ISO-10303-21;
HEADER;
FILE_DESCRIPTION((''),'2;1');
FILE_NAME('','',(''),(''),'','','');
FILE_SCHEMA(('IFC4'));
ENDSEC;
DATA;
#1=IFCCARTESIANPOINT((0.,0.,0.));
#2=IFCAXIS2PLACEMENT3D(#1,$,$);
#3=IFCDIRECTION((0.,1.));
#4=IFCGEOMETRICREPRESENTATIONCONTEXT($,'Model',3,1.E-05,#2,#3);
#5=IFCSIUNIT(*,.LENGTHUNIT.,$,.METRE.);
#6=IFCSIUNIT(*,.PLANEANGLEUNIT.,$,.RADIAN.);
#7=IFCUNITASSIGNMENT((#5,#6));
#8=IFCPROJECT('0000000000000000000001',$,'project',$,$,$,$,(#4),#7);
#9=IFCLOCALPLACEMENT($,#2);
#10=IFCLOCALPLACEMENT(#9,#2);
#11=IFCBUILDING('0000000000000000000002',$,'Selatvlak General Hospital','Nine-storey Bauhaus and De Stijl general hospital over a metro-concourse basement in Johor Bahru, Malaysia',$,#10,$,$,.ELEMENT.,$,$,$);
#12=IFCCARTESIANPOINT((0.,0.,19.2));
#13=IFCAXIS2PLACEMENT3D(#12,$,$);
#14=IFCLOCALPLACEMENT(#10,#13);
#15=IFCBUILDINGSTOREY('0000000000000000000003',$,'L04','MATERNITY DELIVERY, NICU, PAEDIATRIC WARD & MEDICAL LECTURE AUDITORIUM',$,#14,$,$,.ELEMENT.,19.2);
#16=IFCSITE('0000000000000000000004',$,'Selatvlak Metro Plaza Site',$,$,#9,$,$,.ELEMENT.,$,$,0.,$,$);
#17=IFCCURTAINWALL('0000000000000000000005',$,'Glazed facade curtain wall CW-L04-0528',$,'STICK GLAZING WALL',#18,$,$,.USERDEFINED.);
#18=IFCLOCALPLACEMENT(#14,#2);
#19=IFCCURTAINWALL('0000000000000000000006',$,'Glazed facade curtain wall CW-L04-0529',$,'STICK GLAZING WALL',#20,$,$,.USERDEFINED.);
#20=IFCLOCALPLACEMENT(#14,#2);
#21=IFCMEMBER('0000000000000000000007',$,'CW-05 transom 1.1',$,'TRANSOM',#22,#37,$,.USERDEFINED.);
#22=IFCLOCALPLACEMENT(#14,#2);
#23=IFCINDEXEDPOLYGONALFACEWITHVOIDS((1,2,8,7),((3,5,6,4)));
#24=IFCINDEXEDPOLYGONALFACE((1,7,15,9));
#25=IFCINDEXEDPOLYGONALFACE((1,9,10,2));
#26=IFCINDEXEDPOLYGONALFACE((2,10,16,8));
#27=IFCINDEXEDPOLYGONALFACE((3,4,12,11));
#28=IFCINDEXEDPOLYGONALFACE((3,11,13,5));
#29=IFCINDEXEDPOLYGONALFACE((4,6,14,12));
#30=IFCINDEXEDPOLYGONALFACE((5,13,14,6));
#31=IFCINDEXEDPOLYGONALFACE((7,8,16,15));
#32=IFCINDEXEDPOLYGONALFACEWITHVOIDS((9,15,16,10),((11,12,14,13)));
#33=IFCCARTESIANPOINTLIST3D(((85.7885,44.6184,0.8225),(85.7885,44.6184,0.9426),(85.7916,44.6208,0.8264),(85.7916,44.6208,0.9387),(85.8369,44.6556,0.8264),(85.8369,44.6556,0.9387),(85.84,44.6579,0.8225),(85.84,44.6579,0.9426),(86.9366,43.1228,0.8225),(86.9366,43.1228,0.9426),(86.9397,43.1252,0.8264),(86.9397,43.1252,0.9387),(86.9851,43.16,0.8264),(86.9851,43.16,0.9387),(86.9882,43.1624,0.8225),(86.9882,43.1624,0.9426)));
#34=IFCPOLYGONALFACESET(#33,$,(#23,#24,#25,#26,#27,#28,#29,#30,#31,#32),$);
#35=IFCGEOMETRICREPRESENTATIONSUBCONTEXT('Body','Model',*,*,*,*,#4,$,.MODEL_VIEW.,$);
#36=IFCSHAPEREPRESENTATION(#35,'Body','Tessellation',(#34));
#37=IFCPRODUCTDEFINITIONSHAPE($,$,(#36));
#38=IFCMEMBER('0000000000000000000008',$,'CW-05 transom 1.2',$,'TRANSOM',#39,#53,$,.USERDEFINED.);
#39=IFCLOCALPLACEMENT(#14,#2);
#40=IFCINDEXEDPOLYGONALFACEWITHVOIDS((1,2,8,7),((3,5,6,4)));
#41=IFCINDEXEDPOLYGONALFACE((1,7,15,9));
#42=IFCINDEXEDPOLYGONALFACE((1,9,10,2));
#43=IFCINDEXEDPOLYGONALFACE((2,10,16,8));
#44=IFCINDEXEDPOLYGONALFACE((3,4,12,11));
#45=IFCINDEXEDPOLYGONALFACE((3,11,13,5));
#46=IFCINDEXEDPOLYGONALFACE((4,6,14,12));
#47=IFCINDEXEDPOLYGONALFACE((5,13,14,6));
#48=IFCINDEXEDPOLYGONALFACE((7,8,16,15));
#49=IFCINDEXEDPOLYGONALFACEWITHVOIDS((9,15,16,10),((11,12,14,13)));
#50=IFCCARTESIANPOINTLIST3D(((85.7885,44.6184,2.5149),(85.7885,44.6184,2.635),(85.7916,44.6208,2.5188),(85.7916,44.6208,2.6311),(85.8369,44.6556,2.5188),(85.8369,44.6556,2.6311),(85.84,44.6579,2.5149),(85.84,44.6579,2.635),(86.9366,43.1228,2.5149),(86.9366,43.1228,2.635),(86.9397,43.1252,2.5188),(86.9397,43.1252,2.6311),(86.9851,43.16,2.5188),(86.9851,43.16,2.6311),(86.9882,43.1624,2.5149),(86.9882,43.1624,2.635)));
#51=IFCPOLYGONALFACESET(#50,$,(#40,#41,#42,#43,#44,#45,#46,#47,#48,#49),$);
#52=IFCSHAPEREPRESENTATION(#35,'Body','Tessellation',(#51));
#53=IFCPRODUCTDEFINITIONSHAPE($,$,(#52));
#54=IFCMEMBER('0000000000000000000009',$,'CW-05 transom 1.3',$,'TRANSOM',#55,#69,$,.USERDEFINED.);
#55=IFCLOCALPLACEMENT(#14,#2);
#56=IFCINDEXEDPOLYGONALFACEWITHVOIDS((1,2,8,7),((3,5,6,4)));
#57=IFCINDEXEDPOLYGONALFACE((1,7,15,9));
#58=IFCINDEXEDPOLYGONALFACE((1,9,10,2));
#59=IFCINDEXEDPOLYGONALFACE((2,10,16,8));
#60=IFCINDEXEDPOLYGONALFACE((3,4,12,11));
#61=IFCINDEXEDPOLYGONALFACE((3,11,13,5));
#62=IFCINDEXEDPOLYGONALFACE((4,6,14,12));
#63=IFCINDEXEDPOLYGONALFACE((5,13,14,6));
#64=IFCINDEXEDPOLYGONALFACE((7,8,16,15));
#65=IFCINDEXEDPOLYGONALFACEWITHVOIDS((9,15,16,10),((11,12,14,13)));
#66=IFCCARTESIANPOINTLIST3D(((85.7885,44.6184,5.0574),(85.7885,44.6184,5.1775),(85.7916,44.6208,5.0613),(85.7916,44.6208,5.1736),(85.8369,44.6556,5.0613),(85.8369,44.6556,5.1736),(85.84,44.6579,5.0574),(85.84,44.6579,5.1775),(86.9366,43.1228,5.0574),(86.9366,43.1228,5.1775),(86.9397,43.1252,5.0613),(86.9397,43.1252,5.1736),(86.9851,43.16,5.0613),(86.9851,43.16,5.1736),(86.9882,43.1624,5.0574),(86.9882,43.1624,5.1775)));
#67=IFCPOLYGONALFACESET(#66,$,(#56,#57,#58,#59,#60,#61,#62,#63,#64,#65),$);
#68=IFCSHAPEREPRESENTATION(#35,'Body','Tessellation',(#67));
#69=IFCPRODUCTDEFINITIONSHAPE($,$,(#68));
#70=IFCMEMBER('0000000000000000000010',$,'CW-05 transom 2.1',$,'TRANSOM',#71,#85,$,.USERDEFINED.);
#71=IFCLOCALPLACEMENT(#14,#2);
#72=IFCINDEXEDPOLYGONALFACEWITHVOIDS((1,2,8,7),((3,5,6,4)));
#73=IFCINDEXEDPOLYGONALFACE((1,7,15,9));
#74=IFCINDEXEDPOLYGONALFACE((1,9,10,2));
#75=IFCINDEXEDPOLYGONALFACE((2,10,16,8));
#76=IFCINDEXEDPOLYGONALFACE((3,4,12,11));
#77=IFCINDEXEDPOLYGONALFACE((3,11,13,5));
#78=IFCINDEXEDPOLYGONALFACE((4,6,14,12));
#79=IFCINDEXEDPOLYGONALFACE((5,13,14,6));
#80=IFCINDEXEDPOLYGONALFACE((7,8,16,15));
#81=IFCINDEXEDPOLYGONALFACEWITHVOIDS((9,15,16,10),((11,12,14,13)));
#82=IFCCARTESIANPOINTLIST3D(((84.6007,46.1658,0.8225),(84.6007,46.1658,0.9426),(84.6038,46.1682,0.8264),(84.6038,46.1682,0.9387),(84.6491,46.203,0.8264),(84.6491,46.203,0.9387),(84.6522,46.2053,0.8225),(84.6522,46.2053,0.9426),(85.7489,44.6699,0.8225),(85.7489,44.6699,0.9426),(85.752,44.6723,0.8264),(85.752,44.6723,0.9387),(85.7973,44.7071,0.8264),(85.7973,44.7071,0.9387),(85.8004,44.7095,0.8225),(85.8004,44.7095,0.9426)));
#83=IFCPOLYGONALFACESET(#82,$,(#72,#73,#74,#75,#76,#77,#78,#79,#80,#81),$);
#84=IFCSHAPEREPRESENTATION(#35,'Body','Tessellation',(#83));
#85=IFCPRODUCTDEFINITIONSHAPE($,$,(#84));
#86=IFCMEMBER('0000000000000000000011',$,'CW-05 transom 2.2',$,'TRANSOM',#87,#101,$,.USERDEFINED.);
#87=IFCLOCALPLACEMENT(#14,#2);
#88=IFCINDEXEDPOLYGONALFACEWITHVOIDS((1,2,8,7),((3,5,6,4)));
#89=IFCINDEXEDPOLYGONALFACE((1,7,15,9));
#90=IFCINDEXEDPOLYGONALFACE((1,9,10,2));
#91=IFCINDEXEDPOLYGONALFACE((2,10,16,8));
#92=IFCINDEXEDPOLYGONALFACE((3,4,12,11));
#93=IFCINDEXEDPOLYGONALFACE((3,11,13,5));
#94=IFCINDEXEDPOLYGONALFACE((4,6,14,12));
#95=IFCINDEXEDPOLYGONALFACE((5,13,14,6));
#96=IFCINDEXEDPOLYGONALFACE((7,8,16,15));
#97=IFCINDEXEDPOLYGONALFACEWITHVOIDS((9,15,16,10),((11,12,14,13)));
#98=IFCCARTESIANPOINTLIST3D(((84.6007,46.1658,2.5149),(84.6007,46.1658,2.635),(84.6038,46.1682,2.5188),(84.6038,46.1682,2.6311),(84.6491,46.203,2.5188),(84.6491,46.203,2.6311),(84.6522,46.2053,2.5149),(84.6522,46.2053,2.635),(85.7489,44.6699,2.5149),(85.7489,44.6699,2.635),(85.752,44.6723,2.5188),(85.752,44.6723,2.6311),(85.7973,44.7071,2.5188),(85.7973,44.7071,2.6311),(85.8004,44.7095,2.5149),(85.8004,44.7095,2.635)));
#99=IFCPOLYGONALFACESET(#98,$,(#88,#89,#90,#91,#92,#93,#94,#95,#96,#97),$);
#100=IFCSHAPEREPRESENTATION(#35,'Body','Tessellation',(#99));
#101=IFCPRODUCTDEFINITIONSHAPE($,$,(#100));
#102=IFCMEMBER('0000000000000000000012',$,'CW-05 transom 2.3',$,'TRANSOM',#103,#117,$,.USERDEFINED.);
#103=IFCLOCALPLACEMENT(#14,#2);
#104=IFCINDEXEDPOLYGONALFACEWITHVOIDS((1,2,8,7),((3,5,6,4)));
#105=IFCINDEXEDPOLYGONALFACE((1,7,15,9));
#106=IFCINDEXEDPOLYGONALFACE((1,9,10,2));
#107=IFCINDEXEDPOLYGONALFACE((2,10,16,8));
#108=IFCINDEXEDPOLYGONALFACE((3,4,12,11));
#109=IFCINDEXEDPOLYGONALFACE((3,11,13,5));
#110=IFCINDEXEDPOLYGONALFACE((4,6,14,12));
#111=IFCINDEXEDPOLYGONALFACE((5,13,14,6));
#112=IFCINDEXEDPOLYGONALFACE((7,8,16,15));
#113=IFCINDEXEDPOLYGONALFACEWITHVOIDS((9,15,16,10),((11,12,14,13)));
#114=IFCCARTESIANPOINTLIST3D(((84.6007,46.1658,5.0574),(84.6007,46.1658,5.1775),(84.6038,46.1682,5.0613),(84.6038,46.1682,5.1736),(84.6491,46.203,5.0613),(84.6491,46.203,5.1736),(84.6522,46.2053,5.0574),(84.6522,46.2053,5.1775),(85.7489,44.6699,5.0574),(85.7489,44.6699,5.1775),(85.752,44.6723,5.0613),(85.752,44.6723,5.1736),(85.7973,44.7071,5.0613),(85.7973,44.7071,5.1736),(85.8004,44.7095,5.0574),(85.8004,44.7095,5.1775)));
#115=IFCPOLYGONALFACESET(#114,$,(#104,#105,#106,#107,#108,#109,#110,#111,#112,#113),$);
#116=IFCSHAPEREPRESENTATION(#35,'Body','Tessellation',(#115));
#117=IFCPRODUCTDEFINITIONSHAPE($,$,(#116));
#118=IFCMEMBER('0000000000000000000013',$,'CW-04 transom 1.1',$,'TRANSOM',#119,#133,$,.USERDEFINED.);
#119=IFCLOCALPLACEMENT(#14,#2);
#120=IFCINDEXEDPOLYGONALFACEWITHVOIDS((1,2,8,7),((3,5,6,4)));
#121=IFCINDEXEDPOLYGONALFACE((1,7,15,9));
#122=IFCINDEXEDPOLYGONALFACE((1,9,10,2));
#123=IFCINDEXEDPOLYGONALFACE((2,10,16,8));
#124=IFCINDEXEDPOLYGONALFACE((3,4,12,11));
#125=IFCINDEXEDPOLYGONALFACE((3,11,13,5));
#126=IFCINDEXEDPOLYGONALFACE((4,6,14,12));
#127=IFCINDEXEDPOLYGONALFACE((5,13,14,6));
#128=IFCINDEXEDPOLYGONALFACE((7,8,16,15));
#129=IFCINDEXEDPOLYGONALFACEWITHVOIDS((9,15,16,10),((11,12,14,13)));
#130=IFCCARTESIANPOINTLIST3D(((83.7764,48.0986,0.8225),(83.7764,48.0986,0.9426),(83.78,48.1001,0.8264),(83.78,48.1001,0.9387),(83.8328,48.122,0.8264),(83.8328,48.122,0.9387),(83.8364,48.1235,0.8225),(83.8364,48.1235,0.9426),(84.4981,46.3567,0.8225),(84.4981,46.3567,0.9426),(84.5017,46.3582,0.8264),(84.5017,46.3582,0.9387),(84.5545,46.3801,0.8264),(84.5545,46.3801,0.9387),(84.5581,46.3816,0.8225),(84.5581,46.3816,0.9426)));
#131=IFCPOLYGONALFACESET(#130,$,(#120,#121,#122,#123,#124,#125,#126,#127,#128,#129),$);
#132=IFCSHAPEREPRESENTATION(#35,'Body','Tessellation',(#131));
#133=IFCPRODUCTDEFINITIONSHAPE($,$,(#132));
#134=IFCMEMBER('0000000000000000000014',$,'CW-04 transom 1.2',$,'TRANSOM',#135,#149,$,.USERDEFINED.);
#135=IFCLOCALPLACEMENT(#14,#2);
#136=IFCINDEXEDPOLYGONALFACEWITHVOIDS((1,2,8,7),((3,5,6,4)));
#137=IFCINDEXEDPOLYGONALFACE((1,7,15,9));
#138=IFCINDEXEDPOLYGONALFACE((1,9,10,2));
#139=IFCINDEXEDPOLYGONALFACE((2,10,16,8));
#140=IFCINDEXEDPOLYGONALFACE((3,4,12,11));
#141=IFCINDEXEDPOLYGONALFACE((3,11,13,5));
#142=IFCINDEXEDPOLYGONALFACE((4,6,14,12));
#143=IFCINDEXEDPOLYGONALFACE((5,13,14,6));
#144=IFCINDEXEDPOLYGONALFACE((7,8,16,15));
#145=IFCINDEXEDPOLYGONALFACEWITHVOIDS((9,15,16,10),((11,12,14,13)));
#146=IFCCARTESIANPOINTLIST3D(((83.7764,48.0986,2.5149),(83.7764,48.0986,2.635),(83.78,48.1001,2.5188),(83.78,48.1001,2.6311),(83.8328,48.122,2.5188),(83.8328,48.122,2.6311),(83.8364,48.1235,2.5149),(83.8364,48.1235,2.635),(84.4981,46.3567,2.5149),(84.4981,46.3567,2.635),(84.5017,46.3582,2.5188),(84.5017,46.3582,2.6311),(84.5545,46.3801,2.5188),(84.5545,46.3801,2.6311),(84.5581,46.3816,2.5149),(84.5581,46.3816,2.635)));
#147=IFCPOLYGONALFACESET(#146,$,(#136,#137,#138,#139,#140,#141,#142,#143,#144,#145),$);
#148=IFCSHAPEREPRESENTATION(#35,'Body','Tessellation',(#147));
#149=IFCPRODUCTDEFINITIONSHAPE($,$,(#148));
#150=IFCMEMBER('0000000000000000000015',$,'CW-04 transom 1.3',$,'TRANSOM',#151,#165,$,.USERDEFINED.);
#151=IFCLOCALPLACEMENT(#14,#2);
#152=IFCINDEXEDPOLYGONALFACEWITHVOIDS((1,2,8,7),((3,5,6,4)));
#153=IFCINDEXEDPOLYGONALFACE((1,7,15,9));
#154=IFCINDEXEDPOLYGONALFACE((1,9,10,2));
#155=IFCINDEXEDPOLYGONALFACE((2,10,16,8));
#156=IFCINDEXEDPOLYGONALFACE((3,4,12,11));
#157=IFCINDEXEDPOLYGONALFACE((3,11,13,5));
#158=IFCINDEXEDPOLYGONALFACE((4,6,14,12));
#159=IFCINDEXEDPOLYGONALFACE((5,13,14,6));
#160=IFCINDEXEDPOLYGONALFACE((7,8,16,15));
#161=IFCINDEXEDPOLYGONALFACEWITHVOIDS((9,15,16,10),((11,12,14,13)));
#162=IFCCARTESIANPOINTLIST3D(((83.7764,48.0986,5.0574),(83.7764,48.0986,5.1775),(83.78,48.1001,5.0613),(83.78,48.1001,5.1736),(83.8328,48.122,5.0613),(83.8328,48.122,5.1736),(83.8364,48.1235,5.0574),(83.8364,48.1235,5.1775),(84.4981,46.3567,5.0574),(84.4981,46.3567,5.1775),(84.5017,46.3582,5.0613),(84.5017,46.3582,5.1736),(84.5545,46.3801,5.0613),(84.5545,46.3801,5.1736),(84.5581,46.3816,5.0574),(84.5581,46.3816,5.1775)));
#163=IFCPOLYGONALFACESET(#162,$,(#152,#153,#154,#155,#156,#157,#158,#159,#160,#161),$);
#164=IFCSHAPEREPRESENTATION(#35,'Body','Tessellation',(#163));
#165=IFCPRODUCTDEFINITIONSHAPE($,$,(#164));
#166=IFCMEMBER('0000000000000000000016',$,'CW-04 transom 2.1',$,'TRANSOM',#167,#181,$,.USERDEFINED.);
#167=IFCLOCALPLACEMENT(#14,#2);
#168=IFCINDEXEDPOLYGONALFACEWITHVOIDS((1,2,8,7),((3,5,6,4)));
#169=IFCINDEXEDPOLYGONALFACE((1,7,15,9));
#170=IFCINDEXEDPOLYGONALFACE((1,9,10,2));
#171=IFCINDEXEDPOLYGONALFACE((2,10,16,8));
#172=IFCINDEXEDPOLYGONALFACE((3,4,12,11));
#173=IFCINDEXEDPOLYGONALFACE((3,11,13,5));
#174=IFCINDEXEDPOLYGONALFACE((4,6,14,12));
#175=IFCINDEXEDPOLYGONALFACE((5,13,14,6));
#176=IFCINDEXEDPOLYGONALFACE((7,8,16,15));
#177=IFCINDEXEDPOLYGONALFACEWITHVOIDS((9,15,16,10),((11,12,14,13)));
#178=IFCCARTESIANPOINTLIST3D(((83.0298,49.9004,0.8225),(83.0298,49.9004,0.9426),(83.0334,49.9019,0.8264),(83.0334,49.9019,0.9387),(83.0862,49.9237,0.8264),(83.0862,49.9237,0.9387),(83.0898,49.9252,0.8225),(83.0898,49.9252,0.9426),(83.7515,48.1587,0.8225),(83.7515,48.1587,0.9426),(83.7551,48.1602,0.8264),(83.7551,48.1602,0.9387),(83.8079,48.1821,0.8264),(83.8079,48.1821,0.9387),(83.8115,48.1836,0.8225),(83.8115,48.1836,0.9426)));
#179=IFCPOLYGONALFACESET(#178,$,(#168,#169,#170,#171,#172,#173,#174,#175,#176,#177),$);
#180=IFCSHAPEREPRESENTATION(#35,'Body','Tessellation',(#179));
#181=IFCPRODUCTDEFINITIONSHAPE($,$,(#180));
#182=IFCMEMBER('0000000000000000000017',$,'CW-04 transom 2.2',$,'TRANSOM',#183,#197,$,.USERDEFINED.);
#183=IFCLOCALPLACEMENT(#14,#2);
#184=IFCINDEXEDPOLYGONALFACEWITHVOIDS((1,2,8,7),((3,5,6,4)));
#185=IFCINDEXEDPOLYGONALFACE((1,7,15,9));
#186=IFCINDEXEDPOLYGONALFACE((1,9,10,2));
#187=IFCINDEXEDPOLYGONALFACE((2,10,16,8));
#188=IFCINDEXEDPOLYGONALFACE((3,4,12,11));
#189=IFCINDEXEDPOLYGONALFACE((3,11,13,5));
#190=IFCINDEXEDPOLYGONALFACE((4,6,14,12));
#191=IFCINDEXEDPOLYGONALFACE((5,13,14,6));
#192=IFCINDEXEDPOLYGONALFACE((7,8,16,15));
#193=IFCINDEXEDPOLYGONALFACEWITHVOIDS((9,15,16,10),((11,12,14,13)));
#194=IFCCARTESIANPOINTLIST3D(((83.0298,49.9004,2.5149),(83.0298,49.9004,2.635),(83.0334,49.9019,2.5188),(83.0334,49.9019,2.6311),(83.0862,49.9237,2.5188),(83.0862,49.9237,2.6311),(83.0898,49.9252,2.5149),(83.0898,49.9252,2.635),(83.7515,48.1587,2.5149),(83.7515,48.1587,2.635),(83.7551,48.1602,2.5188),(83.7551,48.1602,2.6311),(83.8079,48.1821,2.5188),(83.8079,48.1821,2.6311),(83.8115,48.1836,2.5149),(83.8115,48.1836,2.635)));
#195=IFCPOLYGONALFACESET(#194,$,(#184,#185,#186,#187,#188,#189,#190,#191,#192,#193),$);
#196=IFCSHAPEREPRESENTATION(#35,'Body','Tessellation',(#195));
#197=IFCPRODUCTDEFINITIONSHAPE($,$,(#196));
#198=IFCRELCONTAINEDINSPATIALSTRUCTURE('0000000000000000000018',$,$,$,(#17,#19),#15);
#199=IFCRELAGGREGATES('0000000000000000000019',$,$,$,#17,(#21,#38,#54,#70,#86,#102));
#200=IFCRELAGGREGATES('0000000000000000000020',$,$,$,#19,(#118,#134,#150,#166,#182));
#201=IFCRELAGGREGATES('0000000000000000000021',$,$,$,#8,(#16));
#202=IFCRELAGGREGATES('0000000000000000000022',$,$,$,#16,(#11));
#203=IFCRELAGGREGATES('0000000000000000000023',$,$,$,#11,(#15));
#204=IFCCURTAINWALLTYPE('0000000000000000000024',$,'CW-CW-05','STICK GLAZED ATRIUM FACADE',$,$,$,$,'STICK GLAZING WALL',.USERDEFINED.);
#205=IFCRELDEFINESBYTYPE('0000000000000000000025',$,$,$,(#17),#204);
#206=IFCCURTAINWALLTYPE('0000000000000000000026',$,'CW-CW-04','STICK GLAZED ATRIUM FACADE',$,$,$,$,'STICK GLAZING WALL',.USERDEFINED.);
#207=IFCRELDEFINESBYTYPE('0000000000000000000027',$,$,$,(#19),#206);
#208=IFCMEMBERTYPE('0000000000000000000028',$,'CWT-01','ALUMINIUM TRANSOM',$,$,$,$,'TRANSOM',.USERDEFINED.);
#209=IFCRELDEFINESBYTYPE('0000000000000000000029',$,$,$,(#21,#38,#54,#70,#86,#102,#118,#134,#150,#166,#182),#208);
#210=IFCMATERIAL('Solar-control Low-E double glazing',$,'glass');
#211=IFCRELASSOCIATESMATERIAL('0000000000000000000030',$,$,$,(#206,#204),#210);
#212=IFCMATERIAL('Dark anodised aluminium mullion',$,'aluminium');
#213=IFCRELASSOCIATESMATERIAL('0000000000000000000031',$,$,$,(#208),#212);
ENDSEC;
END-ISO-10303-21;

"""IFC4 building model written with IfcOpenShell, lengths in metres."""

from ifc_helpers import new_model, si_unit, direction, frame, origin, origin_2d, place, context, subcontext, project, spatial, hollow_rectangle, extrude, material, material_profile, profile_set, type_object, element, aggregate, save


model = new_model("IFC4")

# Units and contexts
model_context = context("Model", 3, precision=1e-05, world=origin(), true_north=direction((0.0, 1.0)))
body_context = subcontext(model_context, "Body", "Model", "MODEL_VIEW")
ifc_project = project(units=[si_unit("LENGTHUNIT", "METRE"), si_unit("PLANEANGLEUNIT", "RADIAN")], contexts=[model_context])

# Site, building, storey
site_placement = place(None, origin())
site = spatial("IfcSite", under=ifc_project, at=site_placement, Name="Selatvlak Metro Plaza Site", CompositionType="ELEMENT", RefElevation=0.0)
building_placement = place(site_placement, origin())
building = spatial("IfcBuilding", under=site, at=building_placement, Name="Selatvlak General Hospital", Description="Nine-storey Bauhaus and De Stijl general hospital over a metro-concourse basement in Johor Bahru, Malaysia", CompositionType="ELEMENT")
storey_placement = place(building_placement, frame((0.0, 0.0, 19.2)))
storey = spatial("IfcBuildingStorey", under=building, at=storey_placement, Name="L04", Description="MATERNITY DELIVERY, NICU, PAEDIATRIC WARD & MEDICAL LECTURE AUDITORIUM", CompositionType="ELEMENT", Elevation=19.2)

# Shared definitions
ifc_material_1 = material(Name="Solar-control Low-E double glazing", Category="glass")
curtain_wall_type_1 = type_object("IfcCurtainWallType", Name="CW-CW-04", Description="STICK GLAZED ATRIUM FACADE", ElementType="STICK GLAZING WALL", PredefinedType="USERDEFINED", material=ifc_material_1)
ifc_material_2 = material(Name="Dark anodised aluminium mullion", Category="aluminium")

# Curtain walls
curtain_wall_type_2 = type_object("IfcCurtainWallType", Name="CW-CW-05", Description="STICK GLAZED ATRIUM FACADE", ElementType="STICK GLAZING WALL", PredefinedType="USERDEFINED", material=ifc_material_1)
curtain_wall_1_placement = place(storey_placement, origin())
curtain_wall_1 = element("IfcCurtainWall", 1, at=curtain_wall_1_placement, inside=storey, type_object=curtain_wall_type_2, Name="Glazed facade curtain wall CW-L04-0528", ObjectType="STICK GLAZING WALL", PredefinedType="USERDEFINED")
curtain_wall_2_placement = place(storey_placement, origin())
curtain_wall_2 = element("IfcCurtainWall", 2, at=curtain_wall_2_placement, inside=storey, type_object=curtain_wall_type_1, Name="Glazed facade curtain wall CW-L04-0529", ObjectType="STICK GLAZING WALL", PredefinedType="USERDEFINED")

# Members
ifc_material_profile_1 = material_profile(ifc_material_2, hollow_rectangle(XDim=0.0649, YDim=0.1201, WallThickness=0.0039, at=origin_2d()), Name="AL-TRN 65x120x4")
ifc_profile_set_1 = profile_set([ifc_material_profile_1], Name="Dark anodised aluminium mullion")
member_type_1 = type_object("IfcMemberType", Name="CWT-01", Description="ALUMINIUM TRANSOM", ElementType="TRANSOM", PredefinedType="USERDEFINED", material=ifc_profile_set_1)
member_1_placement = place(storey_placement, frame((86.9624, 43.1426, 0.8826), z_axis=(-0.608953, 0.793206, 0.0), x_axis=(-0.793206, -0.608953, 0.0)))
member_1 = element("IfcMember", 3, at=member_1_placement, type_object=member_type_1, Name="CW-05 transom 1.1", ObjectType="TRANSOM", PredefinedType="USERDEFINED", context=body_context, shape_type="SweptSolid", body=[
    extrude(hollow_rectangle(XDim=0.0649, YDim=0.1201, WallThickness=0.0039, at=origin_2d()), origin(), (0.0, 0.0, 1.0), 1.8855),
])
member_2_placement = place(storey_placement, frame((86.9624, 43.1426, 2.575), z_axis=(-0.608953, 0.793206, 0.0), x_axis=(-0.793206, -0.608953, 0.0)))
member_2 = element("IfcMember", 4, at=member_2_placement, type_object=member_type_1, Name="CW-05 transom 1.2", ObjectType="TRANSOM", PredefinedType="USERDEFINED", context=body_context, shape_type="SweptSolid", body=[
    extrude(hollow_rectangle(XDim=0.0649, YDim=0.1201, WallThickness=0.0039, at=origin_2d()), origin(), (0.0, 0.0, 1.0), 1.8855),
])
member_3_placement = place(storey_placement, frame((86.9624, 43.1426, 5.1174), z_axis=(-0.608953, 0.793206, 0.0), x_axis=(-0.793206, -0.608953, 0.0)))
member_3 = element("IfcMember", 5, at=member_3_placement, type_object=member_type_1, Name="CW-05 transom 1.3", ObjectType="TRANSOM", PredefinedType="USERDEFINED", context=body_context, shape_type="SweptSolid", body=[
    extrude(hollow_rectangle(XDim=0.0649, YDim=0.1201, WallThickness=0.0039, at=origin_2d()), origin(), (0.0, 0.0, 1.0), 1.8855),
])
member_4_placement = place(storey_placement, frame((85.7747, 44.6897, 0.8826), z_axis=(-0.608891, 0.793254, 0.0), x_axis=(-0.793254, -0.608891, 0.0)))
member_4 = element("IfcMember", 6, at=member_4_placement, type_object=member_type_1, Name="CW-05 transom 2.1", ObjectType="TRANSOM", PredefinedType="USERDEFINED", context=body_context, shape_type="SweptSolid", body=[
    extrude(hollow_rectangle(XDim=0.0649, YDim=0.1201, WallThickness=0.0039, at=origin_2d()), origin(), (0.0, 0.0, 1.0), 1.8857),
])
member_5_placement = place(storey_placement, frame((85.7747, 44.6897, 2.575), z_axis=(-0.608891, 0.793254, 0.0), x_axis=(-0.793254, -0.608891, 0.0)))
member_5 = element("IfcMember", 7, at=member_5_placement, type_object=member_type_1, Name="CW-05 transom 2.2", ObjectType="TRANSOM", PredefinedType="USERDEFINED", context=body_context, shape_type="SweptSolid", body=[
    extrude(hollow_rectangle(XDim=0.0649, YDim=0.1201, WallThickness=0.0039, at=origin_2d()), origin(), (0.0, 0.0, 1.0), 1.8857),
])
member_6_placement = place(storey_placement, frame((85.7747, 44.6897, 5.1174), z_axis=(-0.608891, 0.793254, 0.0), x_axis=(-0.793254, -0.608891, 0.0)))
member_6 = element("IfcMember", 8, at=member_6_placement, type_object=member_type_1, Name="CW-05 transom 2.3", ObjectType="TRANSOM", PredefinedType="USERDEFINED", context=body_context, shape_type="SweptSolid", body=[
    extrude(hollow_rectangle(XDim=0.0649, YDim=0.1201, WallThickness=0.0039, at=origin_2d()), origin(), (0.0, 0.0, 1.0), 1.8857),
])
member_7_placement = place(storey_placement, frame((84.5281, 46.3691, 0.8826), z_axis=(-0.382748, 0.923853, 0.0), x_axis=(-0.923853, -0.382748, 0.0)))
member_7 = element("IfcMember", 9, at=member_7_placement, type_object=member_type_1, Name="CW-04 transom 1.1", ObjectType="TRANSOM", PredefinedType="USERDEFINED", context=body_context, shape_type="SweptSolid", body=[
    extrude(hollow_rectangle(XDim=0.0649, YDim=0.1201, WallThickness=0.0039, at=origin_2d()), origin(), (0.0, 0.0, 1.0), 1.8855),
])
member_8_placement = place(storey_placement, frame((84.5281, 46.3691, 2.575), z_axis=(-0.382748, 0.923853, 0.0), x_axis=(-0.923853, -0.382748, 0.0)))
member_8 = element("IfcMember", 10, at=member_8_placement, type_object=member_type_1, Name="CW-04 transom 1.2", ObjectType="TRANSOM", PredefinedType="USERDEFINED", context=body_context, shape_type="SweptSolid", body=[
    extrude(hollow_rectangle(XDim=0.0649, YDim=0.1201, WallThickness=0.0039, at=origin_2d()), origin(), (0.0, 0.0, 1.0), 1.8855),
])
member_9_placement = place(storey_placement, frame((84.5281, 46.3691, 5.1174), z_axis=(-0.382748, 0.923853, 0.0), x_axis=(-0.923853, -0.382748, 0.0)))
member_9 = element("IfcMember", 11, at=member_9_placement, type_object=member_type_1, Name="CW-04 transom 1.3", ObjectType="TRANSOM", PredefinedType="USERDEFINED", context=body_context, shape_type="SweptSolid", body=[
    extrude(hollow_rectangle(XDim=0.0649, YDim=0.1201, WallThickness=0.0039, at=origin_2d()), origin(), (0.0, 0.0, 1.0), 1.8855),
])
member_10_placement = place(storey_placement, frame((83.7815, 48.1711, 0.8826), z_axis=(-0.382794, 0.923834, 0.0), x_axis=(-0.923834, -0.382794, 0.0)))
member_10 = element("IfcMember", 12, at=member_10_placement, type_object=member_type_1, Name="CW-04 transom 2.1", ObjectType="TRANSOM", PredefinedType="USERDEFINED", context=body_context, shape_type="SweptSolid", body=[
    extrude(hollow_rectangle(XDim=0.0649, YDim=0.1201, WallThickness=0.0039, at=origin_2d()), origin(), (0.0, 0.0, 1.0), 1.8853),
])
member_11_placement = place(storey_placement, frame((83.7815, 48.1711, 2.575), z_axis=(-0.382794, 0.923834, 0.0), x_axis=(-0.923834, -0.382794, 0.0)))
member_11 = element("IfcMember", 13, at=member_11_placement, type_object=member_type_1, Name="CW-04 transom 2.2", ObjectType="TRANSOM", PredefinedType="USERDEFINED", context=body_context, shape_type="SweptSolid", body=[
    extrude(hollow_rectangle(XDim=0.0649, YDim=0.1201, WallThickness=0.0039, at=origin_2d()), origin(), (0.0, 0.0, 1.0), 1.8853),
])

aggregate(curtain_wall_1, [member_1, member_2, member_3, member_4, member_5, member_6])
aggregate(curtain_wall_2, [member_7, member_8, member_9, member_10, member_11])

save(model, "model.ifc")
